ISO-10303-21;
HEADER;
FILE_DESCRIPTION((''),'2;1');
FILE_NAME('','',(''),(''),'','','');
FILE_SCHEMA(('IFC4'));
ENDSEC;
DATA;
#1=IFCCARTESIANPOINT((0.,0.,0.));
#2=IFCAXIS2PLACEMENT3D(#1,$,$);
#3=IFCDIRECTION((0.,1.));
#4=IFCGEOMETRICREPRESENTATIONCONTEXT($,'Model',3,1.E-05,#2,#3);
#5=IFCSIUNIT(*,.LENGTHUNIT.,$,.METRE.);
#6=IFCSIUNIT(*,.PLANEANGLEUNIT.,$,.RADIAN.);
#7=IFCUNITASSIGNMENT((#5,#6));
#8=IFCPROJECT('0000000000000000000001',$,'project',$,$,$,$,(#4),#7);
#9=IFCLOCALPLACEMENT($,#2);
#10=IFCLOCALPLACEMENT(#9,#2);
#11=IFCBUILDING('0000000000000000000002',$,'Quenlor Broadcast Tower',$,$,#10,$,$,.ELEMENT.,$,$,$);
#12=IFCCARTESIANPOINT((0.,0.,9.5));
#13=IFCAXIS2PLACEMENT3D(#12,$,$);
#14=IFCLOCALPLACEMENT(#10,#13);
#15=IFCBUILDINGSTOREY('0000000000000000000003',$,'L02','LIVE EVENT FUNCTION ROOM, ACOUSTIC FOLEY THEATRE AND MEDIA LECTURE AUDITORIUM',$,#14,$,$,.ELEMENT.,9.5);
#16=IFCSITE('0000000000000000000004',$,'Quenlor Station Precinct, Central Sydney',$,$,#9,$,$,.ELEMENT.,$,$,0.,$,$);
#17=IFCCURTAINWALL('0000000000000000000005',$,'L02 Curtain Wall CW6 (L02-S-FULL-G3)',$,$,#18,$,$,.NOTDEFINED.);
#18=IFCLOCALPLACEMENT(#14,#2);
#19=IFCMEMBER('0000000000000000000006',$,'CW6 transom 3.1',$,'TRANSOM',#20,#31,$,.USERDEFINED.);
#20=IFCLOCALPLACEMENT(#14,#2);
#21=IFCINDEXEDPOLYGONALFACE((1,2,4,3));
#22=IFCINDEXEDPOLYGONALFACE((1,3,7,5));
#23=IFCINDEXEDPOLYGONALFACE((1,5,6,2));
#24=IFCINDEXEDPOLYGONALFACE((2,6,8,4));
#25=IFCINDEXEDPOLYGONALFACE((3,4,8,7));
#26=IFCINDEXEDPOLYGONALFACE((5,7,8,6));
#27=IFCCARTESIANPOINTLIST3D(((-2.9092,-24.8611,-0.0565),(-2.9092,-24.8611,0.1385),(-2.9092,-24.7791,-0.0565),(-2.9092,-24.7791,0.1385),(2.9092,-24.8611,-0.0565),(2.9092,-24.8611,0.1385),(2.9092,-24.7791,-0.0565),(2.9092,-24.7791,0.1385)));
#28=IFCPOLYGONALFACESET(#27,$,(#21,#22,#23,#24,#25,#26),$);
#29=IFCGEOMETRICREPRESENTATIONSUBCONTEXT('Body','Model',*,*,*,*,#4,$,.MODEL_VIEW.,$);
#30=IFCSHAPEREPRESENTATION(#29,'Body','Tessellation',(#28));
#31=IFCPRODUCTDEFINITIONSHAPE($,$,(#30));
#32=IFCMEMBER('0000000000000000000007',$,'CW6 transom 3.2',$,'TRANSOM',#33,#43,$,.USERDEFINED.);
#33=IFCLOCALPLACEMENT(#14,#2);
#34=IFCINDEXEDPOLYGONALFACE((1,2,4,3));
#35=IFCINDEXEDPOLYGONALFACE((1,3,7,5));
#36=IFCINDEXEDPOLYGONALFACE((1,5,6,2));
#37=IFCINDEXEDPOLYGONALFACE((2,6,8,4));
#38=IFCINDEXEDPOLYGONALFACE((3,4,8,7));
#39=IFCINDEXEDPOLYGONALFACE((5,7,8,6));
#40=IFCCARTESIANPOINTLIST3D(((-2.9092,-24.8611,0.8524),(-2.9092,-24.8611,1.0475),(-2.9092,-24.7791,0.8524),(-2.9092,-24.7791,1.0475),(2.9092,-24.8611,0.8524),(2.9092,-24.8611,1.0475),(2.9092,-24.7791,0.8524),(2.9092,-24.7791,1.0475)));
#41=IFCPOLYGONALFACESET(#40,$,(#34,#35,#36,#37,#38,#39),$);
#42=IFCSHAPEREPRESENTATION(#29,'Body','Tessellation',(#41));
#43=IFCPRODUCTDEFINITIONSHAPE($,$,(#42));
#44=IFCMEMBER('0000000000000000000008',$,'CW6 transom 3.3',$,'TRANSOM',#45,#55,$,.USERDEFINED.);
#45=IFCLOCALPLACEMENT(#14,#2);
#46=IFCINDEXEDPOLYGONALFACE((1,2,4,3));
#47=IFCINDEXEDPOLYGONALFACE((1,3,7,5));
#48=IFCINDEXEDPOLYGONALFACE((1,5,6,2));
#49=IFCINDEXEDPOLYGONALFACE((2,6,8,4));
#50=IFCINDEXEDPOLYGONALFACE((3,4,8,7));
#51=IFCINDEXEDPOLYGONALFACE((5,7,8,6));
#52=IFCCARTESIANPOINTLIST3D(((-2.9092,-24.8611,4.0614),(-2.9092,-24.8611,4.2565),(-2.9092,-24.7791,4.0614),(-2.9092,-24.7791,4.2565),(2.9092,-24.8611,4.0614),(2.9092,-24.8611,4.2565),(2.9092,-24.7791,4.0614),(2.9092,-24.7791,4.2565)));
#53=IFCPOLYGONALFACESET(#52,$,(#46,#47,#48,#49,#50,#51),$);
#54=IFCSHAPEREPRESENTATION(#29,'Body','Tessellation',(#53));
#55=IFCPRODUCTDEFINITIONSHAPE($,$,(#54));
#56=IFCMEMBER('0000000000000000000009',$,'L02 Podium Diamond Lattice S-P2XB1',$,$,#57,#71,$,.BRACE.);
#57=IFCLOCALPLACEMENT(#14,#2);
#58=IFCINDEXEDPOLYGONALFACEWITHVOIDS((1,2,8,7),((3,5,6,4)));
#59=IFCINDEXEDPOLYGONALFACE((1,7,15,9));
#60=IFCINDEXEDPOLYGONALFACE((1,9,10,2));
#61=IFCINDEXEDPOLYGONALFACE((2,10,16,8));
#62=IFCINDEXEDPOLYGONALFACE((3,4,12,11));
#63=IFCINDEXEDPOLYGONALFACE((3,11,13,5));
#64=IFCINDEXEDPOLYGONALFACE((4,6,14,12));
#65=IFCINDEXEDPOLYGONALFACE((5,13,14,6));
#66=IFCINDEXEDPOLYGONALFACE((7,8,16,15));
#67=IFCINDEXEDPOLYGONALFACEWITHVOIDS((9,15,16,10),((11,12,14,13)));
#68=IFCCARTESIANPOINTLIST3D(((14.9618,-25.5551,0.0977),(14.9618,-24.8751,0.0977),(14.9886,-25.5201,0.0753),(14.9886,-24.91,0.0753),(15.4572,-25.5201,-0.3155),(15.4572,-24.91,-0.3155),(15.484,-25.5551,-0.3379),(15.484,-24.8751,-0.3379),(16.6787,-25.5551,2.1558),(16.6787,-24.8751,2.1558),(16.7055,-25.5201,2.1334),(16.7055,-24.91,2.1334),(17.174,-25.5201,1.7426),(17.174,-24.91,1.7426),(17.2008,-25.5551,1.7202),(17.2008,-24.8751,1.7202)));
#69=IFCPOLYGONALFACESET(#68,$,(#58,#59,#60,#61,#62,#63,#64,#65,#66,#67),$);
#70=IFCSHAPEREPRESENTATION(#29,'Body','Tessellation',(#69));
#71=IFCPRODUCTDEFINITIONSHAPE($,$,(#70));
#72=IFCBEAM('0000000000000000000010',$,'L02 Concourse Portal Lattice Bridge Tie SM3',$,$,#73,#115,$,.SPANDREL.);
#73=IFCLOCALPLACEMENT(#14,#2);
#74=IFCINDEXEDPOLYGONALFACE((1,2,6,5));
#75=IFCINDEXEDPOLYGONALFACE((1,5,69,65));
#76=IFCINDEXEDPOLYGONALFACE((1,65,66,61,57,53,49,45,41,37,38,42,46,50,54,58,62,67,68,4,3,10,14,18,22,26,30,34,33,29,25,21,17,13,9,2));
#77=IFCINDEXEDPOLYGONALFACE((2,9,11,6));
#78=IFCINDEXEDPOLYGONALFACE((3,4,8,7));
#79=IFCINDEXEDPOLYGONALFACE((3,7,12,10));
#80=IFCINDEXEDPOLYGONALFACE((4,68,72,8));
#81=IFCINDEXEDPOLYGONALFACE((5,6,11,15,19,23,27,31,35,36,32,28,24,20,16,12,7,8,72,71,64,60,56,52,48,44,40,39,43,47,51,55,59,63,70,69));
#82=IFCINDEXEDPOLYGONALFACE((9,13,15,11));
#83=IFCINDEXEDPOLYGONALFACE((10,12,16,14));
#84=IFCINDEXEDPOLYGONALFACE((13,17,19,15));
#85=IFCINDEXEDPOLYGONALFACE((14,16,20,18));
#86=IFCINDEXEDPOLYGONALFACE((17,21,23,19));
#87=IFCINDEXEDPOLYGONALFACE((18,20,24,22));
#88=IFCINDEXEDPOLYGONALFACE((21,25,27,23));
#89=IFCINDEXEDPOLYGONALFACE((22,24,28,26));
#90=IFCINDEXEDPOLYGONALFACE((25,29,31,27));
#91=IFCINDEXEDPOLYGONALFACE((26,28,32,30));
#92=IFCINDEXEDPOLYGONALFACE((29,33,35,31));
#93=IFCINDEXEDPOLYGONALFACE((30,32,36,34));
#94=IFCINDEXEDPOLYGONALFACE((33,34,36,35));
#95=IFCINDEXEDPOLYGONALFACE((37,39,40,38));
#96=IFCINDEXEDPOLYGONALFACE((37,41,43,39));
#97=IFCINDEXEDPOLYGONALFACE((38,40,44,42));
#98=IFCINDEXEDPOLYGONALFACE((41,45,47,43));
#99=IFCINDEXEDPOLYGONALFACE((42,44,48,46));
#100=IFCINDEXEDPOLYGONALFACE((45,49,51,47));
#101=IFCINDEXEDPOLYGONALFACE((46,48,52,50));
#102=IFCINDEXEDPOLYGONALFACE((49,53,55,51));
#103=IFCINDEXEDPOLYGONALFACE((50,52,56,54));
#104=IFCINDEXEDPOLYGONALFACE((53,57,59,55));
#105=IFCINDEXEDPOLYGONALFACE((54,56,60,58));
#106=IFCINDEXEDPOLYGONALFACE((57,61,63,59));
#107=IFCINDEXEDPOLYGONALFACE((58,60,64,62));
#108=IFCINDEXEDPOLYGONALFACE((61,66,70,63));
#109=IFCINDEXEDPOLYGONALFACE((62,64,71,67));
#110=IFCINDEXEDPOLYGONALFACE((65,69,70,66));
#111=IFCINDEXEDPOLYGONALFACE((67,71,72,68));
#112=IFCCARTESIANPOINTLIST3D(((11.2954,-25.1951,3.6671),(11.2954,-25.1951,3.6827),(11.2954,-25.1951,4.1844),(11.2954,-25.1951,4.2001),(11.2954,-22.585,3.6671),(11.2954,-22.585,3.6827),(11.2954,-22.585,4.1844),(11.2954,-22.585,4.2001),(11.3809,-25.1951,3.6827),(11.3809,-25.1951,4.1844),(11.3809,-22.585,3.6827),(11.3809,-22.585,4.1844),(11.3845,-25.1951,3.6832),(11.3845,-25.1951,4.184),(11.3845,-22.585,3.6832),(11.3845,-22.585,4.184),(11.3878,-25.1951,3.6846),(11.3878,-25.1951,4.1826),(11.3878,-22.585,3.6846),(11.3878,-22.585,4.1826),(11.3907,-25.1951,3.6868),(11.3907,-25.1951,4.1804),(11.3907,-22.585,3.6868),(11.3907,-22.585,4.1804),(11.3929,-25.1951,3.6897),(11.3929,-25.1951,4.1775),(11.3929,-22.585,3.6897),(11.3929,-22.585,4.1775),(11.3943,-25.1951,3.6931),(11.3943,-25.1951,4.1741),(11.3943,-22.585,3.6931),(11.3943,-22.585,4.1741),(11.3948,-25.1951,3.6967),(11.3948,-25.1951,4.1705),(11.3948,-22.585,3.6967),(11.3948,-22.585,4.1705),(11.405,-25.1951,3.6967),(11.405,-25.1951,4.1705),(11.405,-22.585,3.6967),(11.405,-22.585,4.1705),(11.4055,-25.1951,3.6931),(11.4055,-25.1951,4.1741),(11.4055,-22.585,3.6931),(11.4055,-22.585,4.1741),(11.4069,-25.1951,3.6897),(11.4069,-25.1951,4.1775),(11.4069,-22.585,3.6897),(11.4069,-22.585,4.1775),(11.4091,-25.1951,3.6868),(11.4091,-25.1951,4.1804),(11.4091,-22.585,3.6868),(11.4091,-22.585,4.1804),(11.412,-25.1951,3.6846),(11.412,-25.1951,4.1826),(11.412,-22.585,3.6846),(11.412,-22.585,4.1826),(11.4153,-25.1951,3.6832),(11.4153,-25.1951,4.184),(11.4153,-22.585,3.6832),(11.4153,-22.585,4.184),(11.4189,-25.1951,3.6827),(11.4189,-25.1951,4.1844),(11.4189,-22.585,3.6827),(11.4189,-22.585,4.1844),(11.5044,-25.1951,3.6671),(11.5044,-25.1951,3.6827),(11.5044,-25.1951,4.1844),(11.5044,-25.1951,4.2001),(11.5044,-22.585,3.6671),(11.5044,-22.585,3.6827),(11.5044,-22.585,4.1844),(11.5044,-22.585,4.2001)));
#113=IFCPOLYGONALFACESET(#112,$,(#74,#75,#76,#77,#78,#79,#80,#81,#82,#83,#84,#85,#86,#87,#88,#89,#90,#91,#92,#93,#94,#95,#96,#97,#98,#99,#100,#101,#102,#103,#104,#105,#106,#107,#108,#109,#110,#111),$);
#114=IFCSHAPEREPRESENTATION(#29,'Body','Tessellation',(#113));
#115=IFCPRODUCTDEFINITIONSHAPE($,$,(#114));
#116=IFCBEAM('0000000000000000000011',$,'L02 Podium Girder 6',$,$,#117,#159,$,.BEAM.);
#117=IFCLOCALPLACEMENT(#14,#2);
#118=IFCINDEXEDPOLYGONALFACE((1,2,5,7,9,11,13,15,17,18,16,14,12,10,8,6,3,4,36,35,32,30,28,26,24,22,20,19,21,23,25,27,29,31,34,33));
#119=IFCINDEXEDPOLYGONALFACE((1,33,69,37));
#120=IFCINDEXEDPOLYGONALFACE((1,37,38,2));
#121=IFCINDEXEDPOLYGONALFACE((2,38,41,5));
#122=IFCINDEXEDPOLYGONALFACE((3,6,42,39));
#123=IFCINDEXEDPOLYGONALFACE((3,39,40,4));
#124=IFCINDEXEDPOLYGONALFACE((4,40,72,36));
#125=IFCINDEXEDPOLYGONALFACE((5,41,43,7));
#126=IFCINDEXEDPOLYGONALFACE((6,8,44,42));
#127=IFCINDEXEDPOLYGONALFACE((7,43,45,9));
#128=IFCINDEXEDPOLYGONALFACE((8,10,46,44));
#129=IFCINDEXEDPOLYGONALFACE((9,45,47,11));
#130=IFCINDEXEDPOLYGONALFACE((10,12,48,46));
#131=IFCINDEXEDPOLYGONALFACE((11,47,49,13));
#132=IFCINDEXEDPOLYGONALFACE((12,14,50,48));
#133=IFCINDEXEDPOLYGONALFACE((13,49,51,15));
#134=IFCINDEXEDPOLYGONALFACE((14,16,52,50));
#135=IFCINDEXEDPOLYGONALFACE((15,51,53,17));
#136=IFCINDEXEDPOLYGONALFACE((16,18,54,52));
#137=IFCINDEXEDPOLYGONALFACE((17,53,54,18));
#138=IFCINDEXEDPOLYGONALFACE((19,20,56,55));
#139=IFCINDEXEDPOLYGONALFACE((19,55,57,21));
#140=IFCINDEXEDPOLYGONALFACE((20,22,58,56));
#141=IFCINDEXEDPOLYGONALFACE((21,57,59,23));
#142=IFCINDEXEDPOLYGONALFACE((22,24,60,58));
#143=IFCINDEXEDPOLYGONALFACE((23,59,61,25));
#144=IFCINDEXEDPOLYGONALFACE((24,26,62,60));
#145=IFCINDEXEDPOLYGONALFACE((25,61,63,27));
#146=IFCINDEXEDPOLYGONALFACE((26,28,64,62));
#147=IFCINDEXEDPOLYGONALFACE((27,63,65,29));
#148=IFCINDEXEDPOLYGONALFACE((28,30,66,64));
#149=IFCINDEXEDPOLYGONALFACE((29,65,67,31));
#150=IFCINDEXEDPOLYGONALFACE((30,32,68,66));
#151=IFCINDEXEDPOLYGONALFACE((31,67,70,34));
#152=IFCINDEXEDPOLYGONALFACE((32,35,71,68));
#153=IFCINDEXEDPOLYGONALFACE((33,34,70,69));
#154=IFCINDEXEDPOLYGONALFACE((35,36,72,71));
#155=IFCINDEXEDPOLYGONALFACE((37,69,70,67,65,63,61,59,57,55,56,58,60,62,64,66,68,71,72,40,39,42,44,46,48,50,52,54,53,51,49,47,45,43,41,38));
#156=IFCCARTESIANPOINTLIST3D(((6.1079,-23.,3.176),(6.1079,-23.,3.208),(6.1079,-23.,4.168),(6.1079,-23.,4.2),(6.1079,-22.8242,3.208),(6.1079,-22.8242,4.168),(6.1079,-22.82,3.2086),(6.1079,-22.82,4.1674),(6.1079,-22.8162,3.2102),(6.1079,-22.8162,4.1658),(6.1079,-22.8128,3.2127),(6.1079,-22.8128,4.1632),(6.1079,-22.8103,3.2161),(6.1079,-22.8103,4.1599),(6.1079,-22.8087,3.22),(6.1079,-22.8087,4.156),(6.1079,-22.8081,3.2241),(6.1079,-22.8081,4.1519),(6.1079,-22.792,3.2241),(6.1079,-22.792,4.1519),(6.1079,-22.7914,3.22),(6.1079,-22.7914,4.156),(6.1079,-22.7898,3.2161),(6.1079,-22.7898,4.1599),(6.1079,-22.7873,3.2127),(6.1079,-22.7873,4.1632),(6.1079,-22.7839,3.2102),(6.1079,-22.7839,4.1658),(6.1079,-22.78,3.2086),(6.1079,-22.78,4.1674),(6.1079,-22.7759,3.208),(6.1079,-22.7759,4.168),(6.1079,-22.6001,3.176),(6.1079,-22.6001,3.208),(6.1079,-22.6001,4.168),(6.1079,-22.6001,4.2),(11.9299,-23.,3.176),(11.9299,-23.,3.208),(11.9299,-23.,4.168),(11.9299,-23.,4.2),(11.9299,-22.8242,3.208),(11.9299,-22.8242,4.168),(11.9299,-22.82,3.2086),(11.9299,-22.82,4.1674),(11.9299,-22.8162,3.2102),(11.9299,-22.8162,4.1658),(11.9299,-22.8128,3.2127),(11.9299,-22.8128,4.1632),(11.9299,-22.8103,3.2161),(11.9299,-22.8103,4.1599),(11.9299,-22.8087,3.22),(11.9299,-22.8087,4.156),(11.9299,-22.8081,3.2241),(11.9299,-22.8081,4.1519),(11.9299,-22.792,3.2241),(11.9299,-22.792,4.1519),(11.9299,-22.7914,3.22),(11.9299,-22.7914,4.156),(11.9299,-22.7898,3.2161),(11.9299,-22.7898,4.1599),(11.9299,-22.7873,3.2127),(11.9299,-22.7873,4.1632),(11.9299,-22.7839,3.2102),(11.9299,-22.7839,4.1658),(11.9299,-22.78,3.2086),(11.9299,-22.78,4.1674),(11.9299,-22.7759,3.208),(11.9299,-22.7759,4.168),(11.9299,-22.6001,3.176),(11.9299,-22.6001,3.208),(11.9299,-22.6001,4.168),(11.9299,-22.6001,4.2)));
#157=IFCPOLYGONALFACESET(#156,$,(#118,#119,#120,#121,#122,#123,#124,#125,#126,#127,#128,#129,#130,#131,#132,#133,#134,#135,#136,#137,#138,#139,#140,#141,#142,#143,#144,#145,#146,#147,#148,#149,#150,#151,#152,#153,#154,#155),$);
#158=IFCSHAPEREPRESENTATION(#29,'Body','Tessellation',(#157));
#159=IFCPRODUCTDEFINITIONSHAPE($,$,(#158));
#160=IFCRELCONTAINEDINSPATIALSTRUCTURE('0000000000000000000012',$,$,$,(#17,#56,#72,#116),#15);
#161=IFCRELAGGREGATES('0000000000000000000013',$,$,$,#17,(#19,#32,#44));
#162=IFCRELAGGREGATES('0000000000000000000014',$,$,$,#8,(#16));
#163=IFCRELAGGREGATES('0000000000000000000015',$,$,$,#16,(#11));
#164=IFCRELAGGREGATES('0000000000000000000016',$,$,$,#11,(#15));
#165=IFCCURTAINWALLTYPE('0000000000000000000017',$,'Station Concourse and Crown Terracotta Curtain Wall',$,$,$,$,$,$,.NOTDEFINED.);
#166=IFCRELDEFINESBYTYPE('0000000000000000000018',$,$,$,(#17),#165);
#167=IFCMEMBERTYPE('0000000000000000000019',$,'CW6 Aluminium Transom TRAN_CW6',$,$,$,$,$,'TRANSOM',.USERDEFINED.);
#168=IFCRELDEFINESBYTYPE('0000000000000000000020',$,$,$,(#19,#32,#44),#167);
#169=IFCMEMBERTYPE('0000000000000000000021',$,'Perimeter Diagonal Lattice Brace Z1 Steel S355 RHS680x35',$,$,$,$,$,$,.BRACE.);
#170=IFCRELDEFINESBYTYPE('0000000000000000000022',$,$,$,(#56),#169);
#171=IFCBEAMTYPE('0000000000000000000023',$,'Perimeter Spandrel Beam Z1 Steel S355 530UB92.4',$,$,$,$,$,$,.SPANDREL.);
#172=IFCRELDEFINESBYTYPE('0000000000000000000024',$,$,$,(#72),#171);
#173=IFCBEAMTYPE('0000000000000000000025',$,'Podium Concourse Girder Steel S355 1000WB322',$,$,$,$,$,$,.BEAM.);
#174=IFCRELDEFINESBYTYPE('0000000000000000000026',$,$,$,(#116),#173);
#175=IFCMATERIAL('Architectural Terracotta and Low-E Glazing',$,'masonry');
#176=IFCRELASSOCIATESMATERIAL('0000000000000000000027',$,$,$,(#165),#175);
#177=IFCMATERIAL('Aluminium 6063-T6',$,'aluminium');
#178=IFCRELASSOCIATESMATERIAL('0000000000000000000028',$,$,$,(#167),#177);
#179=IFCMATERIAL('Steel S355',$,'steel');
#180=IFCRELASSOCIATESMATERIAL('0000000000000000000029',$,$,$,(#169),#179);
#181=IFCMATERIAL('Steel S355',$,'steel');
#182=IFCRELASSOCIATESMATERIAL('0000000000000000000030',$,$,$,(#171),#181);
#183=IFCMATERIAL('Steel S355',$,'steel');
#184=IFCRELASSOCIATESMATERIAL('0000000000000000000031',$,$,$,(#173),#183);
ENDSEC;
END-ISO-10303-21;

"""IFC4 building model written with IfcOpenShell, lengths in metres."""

from ifc_helpers import new_model, si_unit, direction, frame, origin, origin_2d, place, context, subcontext, project, spatial, rectangle, hollow_rectangle, i_section, extrude, material, material_profile, profile_set, type_object, element, aggregate, save


model = new_model("IFC4")

# Units and contexts
model_context = context("Model", 3, precision=1e-05, world=origin(), true_north=direction((0.0, 1.0)))
body_context = subcontext(model_context, "Body", "Model", "MODEL_VIEW")
ifc_project = project(units=[si_unit("LENGTHUNIT", "METRE"), si_unit("PLANEANGLEUNIT", "RADIAN")], contexts=[model_context])

# Site, building, storey
site_placement = place(None, origin())
site = spatial("IfcSite", under=ifc_project, at=site_placement, Name="Quenlor Station Precinct, Central Sydney", CompositionType="ELEMENT", RefElevation=0.0)
building_placement = place(site_placement, origin())
building = spatial("IfcBuilding", under=site, at=building_placement, Name="Quenlor Broadcast Tower", CompositionType="ELEMENT")
storey_placement = place(building_placement, frame((0.0, 0.0, 9.5)))
storey = spatial("IfcBuildingStorey", under=building, at=storey_placement, Name="L02", Description="LIVE EVENT FUNCTION ROOM, ACOUSTIC FOLEY THEATRE AND MEDIA LECTURE AUDITORIUM", CompositionType="ELEMENT", Elevation=9.5)

# Curtain wall, members
ifc_material_1 = material(Name="Architectural Terracotta and Low-E Glazing", Category="masonry")
curtain_wall_type = type_object("IfcCurtainWallType", Name="Station Concourse and Crown Terracotta Curtain Wall", PredefinedType="NOTDEFINED", material=ifc_material_1)
curtain_wall_placement = place(storey_placement, origin())
curtain_wall = element("IfcCurtainWall", 1, at=curtain_wall_placement, inside=storey, type_object=curtain_wall_type, Name="L02 Curtain Wall CW6 (L02-S-FULL-G3)", PredefinedType="NOTDEFINED")
ifc_material_2 = material(Name="Aluminium 6063-T6", Category="aluminium")
ifc_material_profile_1 = material_profile(ifc_material_2, rectangle(XDim=0.082, YDim=0.1951, at=origin_2d()))
ifc_profile_set_1 = profile_set([ifc_material_profile_1], Name="Aluminium 6063-T6 TRAN82x195")
member_type_1 = type_object("IfcMemberType", Name="CW6 Aluminium Transom TRAN_CW6", ElementType="TRANSOM", PredefinedType="USERDEFINED", material=ifc_profile_set_1)
member_1_placement = place(storey_placement, frame((2.9092, -24.8201, 0.041), z_axis=(-1.0, 0.0, 0.0), x_axis=(0.0, -1.0, 0.0)))
member_1 = element("IfcMember", 2, at=member_1_placement, type_object=member_type_1, Name="CW6 transom 3.1", ObjectType="TRANSOM", PredefinedType="USERDEFINED", context=body_context, shape_type="SweptSolid", body=[
    extrude(rectangle(XDim=0.082, YDim=0.1951, at=origin_2d()), origin(), (0.0, 0.0, 1.0), 5.8184),
])
member_2_placement = place(storey_placement, frame((2.9092, -24.8201, 0.95), z_axis=(-1.0, 0.0, 0.0), x_axis=(0.0, -1.0, 0.0)))
member_2 = element("IfcMember", 3, at=member_2_placement, type_object=member_type_1, Name="CW6 transom 3.2", ObjectType="TRANSOM", PredefinedType="USERDEFINED", context=body_context, shape_type="SweptSolid", body=[
    extrude(rectangle(XDim=0.082, YDim=0.1951, at=origin_2d()), origin(), (0.0, 0.0, 1.0), 5.8184),
])
member_3_placement = place(storey_placement, frame((2.9092, -24.8201, 4.1589), z_axis=(-1.0, 0.0, 0.0), x_axis=(0.0, -1.0, 0.0)))
member_3 = element("IfcMember", 4, at=member_3_placement, type_object=member_type_1, Name="CW6 transom 3.3", ObjectType="TRANSOM", PredefinedType="USERDEFINED", context=body_context, shape_type="SweptSolid", body=[
    extrude(rectangle(XDim=0.082, YDim=0.1951, at=origin_2d()), origin(), (0.0, 0.0, 1.0), 5.8184),
])

# Member
ifc_material_3 = material(Name="Steel S355", Category="steel")
ifc_material_profile_2 = material_profile(ifc_material_3, hollow_rectangle(XDim=0.6799, YDim=0.6799, WallThickness=0.0349, at=origin_2d()))
ifc_profile_set_2 = profile_set([ifc_material_profile_2], Name="Steel S355 RHS680x680x35")
member_type_2 = type_object("IfcMemberType", Name="Perimeter Diagonal Lattice Brace Z1 Steel S355 RHS680x35", PredefinedType="BRACE", material=ifc_profile_set_2)
member_4_placement = place(storey_placement, frame((15.2229, -25.2151, -0.1201), z_axis=(0.640561, 0.0, 0.767908), x_axis=(0.0, 1.0, 0.0)))
element("IfcMember", 5, at=member_4_placement, inside=storey, type_object=member_type_2, Name="L02 Podium Diamond Lattice S-P2XB1", PredefinedType="BRACE", context=body_context, shape_type="SweptSolid", body=[
    extrude(hollow_rectangle(XDim=0.6799, YDim=0.6799, WallThickness=0.0349, at=origin_2d()), origin(), (0.0, 0.0, 1.0), 2.6802),
])

# Beams
ifc_material_4 = material(Name="Steel S355", Category="steel")
ifc_material_profile_3 = material_profile(ifc_material_4, i_section(OverallWidth=0.209, OverallDepth=0.533, WebThickness=0.0103, FlangeThickness=0.0156, FilletRadius=0.0139, at=origin_2d()))
ifc_profile_set_3 = profile_set([ifc_material_profile_3], Name="Steel S355 530UB92.4")
beam_type_1 = type_object("IfcBeamType", Name="Perimeter Spandrel Beam Z1 Steel S355 530UB92.4", PredefinedType="SPANDREL", material=ifc_profile_set_3)
beam_1_placement = place(storey_placement, frame((11.3999, -22.585, 3.9336), z_axis=(0.0, -1.0, 0.0), x_axis=(1.0, 0.0, 0.0)))
element("IfcBeam", 6, at=beam_1_placement, inside=storey, type_object=beam_type_1, Name="L02 Concourse Portal Lattice Bridge Tie SM3", PredefinedType="SPANDREL", context=body_context, shape_type="SweptSolid", body=[
    extrude(i_section(OverallWidth=0.209, OverallDepth=0.533, WebThickness=0.0103, FlangeThickness=0.0156, FilletRadius=0.0139, at=origin_2d()), origin(), (0.0, 0.0, 1.0), 2.6101),
])
ifc_material_5 = material(Name="Steel S355", Category="steel")
ifc_material_profile_4 = material_profile(ifc_material_5, i_section(OverallWidth=0.3999, OverallDepth=1.0239, WebThickness=0.0161, FlangeThickness=0.032, FilletRadius=0.0161, at=origin_2d()))
ifc_profile_set_4 = profile_set([ifc_material_profile_4], Name="Steel S355 1000WB322")
beam_type_2 = type_object("IfcBeamType", Name="Podium Concourse Girder Steel S355 1000WB322", PredefinedType="BEAM", material=ifc_profile_set_4)
beam_2_placement = place(storey_placement, frame((6.1079, -22.8, 3.688), z_axis=(1.0, 0.0, 0.0), x_axis=(0.0, 1.0, 0.0)))
element("IfcBeam", 7, at=beam_2_placement, inside=storey, type_object=beam_type_2, Name="L02 Podium Girder 6", PredefinedType="BEAM", context=body_context, shape_type="SweptSolid", body=[
    extrude(i_section(OverallWidth=0.3999, OverallDepth=1.0239, WebThickness=0.0161, FlangeThickness=0.032, FilletRadius=0.0161, at=origin_2d()), origin(), (0.0, 0.0, 1.0), 5.822),
])

aggregate(curtain_wall, [member_1, member_2, member_3])

save(model, "model.ifc")
